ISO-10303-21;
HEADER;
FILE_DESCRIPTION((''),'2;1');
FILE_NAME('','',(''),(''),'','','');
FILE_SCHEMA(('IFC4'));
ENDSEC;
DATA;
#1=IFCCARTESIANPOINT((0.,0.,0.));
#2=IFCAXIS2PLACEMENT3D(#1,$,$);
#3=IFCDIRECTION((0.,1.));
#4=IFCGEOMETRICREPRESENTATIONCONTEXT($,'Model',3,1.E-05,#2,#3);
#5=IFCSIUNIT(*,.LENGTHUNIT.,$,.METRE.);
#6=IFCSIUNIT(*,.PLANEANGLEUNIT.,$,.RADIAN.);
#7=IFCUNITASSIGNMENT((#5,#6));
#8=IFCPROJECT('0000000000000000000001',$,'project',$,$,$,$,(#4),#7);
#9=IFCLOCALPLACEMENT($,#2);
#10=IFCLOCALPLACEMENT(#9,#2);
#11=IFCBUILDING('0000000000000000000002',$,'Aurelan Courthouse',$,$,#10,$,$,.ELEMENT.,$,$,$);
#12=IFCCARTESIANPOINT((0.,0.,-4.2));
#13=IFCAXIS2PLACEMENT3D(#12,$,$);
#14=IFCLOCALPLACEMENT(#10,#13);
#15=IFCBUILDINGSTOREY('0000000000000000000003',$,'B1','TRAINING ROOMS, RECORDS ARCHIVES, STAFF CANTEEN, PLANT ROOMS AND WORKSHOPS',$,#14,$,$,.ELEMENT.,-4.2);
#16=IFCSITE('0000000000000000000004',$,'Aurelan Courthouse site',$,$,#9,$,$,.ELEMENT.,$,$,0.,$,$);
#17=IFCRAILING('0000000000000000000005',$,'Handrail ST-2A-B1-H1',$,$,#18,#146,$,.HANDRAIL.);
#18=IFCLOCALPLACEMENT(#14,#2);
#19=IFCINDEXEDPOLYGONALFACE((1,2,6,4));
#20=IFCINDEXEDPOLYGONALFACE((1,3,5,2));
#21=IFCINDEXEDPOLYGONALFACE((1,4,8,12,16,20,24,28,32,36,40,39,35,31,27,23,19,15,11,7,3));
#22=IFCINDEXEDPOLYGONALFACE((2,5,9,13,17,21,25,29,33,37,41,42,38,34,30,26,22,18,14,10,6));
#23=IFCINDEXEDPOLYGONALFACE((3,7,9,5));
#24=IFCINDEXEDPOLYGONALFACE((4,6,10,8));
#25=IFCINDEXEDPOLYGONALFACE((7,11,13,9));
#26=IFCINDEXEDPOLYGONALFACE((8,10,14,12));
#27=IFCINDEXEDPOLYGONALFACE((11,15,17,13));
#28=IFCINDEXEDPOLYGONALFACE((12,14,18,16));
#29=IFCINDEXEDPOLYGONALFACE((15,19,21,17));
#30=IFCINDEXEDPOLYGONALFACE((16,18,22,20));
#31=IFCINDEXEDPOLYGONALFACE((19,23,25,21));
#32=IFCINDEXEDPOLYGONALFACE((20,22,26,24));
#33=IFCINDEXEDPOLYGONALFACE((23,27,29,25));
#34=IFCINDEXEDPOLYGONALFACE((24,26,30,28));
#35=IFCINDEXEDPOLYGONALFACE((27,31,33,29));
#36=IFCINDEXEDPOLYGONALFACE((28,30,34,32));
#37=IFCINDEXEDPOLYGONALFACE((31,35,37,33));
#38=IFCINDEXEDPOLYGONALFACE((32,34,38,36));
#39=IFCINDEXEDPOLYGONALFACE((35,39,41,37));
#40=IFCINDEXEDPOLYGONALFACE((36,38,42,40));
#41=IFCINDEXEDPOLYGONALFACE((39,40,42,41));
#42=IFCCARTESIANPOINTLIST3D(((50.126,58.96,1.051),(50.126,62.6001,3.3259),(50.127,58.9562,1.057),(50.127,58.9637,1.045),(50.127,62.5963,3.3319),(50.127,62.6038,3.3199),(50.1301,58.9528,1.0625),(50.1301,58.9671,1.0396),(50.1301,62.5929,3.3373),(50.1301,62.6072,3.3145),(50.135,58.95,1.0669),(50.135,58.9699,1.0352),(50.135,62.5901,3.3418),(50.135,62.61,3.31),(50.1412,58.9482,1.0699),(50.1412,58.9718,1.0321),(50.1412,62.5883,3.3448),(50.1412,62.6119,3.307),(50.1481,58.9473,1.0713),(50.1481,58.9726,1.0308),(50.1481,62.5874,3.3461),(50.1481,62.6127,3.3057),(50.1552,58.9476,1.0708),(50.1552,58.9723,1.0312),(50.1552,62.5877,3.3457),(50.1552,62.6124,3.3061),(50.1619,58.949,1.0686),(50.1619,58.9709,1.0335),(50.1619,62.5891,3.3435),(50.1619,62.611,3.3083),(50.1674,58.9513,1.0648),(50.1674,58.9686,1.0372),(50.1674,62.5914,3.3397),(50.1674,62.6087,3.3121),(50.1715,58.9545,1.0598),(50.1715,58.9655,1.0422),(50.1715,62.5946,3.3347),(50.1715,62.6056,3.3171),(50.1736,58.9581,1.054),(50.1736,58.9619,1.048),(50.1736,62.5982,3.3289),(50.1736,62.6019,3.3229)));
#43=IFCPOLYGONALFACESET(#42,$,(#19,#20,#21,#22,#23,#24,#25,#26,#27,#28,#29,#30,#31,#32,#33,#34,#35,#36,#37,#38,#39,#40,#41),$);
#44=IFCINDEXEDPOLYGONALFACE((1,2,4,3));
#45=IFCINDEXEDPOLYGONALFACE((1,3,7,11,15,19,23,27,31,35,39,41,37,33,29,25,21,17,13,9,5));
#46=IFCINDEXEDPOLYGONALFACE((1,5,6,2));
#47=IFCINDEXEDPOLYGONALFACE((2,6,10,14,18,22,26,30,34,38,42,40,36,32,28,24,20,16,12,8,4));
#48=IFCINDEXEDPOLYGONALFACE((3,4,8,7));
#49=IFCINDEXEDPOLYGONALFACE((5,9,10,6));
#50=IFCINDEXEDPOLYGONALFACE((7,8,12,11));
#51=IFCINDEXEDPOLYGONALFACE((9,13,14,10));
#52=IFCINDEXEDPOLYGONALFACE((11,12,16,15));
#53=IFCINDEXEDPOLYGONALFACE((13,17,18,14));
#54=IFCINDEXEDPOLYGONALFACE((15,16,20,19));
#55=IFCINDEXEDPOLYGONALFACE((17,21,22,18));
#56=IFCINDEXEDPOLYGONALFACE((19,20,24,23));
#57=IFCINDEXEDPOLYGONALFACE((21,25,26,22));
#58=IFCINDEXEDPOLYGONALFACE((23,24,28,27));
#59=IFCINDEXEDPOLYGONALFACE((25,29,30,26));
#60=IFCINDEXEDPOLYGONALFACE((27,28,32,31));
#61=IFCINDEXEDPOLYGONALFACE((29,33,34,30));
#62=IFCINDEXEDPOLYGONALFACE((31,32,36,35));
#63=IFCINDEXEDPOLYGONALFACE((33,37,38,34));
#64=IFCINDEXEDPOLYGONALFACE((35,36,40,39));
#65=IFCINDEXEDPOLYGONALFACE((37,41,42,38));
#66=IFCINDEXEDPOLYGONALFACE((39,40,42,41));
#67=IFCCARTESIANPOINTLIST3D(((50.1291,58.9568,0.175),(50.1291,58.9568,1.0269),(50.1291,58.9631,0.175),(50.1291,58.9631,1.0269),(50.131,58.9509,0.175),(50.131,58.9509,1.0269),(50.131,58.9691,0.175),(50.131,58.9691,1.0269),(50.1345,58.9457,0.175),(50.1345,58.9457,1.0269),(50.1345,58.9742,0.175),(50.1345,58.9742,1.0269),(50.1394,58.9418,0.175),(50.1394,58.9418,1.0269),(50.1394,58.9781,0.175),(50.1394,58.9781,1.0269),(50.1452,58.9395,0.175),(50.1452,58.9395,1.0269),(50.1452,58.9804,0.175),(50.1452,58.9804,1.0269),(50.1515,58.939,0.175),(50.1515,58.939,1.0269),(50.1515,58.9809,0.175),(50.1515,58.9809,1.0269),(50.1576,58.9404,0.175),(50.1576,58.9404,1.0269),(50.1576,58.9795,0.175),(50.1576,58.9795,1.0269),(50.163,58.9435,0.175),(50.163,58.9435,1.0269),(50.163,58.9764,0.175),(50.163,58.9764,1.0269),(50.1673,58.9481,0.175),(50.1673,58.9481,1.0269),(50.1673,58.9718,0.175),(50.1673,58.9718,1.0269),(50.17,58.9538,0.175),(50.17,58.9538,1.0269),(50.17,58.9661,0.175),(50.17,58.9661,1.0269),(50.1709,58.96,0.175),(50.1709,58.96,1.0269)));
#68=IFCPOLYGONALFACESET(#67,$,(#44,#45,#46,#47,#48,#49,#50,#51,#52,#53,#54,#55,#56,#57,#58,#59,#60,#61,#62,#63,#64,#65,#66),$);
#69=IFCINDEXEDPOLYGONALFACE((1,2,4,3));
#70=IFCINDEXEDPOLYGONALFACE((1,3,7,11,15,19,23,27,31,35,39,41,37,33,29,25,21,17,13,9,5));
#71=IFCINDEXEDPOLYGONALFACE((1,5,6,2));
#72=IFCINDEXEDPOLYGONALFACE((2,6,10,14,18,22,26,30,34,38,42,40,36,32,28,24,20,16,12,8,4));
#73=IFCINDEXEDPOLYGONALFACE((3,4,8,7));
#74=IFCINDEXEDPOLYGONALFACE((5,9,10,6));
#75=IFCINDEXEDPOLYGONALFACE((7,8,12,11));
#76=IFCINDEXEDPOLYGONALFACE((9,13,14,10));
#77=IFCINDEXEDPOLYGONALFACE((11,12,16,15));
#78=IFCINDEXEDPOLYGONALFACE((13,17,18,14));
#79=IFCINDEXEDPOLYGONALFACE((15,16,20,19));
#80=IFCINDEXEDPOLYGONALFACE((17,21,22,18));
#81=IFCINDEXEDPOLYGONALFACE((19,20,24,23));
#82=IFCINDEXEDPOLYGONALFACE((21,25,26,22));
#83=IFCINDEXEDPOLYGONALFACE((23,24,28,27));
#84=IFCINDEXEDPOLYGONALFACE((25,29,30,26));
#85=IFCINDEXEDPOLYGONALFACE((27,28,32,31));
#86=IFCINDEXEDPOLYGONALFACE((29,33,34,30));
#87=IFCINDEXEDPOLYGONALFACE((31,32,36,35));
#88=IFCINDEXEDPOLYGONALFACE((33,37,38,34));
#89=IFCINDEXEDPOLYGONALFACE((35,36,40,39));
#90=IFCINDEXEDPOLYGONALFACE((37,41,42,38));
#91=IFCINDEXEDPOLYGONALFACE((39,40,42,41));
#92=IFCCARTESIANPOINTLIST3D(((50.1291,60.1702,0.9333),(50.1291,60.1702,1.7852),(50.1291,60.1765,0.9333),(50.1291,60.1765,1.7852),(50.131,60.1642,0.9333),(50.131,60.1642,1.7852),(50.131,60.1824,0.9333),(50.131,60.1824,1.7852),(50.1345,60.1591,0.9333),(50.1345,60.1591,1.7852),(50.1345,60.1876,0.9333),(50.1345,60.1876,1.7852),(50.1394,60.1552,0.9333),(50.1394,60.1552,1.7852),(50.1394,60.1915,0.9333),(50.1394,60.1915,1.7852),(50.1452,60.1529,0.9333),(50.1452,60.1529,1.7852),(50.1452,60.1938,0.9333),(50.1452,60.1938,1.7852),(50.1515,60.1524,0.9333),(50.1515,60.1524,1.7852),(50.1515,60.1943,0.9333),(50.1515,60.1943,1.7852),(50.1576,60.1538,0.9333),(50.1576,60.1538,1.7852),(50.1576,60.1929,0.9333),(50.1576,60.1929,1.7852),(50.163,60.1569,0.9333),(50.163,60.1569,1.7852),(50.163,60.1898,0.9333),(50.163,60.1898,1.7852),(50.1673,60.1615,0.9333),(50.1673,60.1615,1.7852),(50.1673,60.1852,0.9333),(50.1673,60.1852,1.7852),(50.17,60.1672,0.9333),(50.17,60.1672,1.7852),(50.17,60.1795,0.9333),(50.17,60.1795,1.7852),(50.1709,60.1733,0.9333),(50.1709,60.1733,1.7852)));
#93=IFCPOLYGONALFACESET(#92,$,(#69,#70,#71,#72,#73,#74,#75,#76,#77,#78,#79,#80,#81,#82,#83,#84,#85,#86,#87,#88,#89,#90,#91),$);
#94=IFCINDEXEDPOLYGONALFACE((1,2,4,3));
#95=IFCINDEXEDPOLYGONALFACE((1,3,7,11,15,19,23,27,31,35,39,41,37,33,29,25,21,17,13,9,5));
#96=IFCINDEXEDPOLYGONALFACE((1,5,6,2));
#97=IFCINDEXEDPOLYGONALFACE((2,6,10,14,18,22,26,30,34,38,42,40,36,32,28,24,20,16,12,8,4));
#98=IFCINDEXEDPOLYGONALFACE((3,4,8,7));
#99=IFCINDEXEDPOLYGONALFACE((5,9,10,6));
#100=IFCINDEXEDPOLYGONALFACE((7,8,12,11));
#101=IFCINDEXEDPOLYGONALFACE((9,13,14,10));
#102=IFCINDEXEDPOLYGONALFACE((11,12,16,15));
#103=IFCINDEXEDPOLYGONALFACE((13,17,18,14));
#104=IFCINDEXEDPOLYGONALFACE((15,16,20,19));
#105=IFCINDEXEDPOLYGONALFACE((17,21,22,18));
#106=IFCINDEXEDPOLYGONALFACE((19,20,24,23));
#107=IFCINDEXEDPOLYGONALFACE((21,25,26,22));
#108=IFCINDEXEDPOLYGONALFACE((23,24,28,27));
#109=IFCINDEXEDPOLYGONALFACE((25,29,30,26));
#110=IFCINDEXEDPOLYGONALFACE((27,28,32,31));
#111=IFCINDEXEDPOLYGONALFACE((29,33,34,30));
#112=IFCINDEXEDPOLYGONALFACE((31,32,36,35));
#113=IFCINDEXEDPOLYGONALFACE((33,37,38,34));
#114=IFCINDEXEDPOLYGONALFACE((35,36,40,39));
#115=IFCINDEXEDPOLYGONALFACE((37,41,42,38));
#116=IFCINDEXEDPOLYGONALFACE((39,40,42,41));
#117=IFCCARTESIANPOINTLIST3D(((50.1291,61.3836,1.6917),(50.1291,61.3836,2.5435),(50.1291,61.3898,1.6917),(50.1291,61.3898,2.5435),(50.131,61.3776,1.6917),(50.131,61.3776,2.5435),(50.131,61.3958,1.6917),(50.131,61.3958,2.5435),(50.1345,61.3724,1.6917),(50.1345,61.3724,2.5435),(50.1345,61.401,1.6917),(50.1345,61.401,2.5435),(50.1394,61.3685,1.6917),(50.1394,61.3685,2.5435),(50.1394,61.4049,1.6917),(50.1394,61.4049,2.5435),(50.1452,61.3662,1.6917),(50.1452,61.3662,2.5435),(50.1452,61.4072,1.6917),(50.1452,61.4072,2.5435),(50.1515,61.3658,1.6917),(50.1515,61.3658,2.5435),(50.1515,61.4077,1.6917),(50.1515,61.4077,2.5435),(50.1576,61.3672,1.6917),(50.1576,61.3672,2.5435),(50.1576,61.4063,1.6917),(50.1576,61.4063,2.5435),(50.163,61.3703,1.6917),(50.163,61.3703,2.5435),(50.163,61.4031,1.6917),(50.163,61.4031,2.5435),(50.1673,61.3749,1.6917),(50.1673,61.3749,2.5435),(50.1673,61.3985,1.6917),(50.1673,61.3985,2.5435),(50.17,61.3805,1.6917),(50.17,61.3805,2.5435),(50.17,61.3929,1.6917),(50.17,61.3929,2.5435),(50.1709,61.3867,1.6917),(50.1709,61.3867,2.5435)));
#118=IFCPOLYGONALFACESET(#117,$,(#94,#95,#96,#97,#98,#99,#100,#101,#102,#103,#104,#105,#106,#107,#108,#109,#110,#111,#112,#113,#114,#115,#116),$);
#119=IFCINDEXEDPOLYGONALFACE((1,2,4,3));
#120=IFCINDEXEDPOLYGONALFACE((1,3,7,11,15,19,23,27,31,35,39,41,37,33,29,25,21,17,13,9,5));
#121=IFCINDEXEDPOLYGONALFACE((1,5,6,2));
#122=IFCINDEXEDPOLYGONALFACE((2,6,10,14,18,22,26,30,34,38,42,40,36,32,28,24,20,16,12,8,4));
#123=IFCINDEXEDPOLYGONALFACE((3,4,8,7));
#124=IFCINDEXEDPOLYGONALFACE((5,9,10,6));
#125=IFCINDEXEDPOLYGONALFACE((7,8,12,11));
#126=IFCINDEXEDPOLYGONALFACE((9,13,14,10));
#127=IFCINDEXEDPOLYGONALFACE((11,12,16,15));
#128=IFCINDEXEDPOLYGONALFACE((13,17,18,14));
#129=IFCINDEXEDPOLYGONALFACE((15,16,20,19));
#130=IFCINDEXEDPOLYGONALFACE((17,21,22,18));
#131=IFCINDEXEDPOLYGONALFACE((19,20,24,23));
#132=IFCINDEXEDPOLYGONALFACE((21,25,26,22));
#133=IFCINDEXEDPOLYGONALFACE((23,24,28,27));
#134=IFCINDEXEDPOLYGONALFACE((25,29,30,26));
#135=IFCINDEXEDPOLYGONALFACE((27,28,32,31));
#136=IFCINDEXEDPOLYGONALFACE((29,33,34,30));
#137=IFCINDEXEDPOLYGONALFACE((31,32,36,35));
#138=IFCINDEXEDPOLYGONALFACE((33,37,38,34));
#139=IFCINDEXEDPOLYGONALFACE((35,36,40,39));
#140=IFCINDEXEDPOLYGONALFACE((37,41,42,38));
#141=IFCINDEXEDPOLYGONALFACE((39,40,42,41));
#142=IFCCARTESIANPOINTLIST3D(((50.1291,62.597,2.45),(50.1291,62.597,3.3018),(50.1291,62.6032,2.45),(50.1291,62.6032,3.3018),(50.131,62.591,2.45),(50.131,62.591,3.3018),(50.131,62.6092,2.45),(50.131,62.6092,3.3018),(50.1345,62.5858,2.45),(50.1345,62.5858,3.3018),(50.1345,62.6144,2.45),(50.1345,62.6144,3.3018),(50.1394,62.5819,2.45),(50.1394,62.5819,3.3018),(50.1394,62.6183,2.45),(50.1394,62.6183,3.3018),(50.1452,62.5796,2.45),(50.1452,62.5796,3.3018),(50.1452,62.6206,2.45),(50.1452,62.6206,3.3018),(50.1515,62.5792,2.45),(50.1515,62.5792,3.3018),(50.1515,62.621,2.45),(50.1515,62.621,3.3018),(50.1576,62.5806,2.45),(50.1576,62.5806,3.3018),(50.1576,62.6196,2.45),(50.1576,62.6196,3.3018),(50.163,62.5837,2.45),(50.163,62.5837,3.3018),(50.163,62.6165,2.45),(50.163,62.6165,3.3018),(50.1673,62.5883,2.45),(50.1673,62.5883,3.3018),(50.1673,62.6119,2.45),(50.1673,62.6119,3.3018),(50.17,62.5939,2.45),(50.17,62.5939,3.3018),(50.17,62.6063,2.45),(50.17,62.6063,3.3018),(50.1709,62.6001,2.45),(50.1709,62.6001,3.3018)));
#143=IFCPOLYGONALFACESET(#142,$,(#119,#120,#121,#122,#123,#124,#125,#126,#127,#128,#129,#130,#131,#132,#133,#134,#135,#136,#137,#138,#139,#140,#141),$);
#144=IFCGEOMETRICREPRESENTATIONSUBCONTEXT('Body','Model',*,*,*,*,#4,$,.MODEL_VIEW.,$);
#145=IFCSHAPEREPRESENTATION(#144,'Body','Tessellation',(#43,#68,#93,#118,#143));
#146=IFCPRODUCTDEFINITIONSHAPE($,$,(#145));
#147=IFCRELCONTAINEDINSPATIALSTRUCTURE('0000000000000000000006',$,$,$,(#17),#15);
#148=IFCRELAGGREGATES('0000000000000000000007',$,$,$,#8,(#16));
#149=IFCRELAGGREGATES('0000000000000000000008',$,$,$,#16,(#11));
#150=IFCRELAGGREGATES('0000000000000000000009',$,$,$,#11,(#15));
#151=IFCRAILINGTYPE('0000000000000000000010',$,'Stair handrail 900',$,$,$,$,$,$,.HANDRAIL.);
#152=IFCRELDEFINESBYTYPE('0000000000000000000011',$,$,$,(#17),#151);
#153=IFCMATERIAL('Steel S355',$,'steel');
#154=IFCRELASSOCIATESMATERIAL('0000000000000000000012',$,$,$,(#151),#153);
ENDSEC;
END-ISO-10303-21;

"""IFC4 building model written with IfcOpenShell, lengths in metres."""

from ifc_helpers import new_model, si_unit, direction, frame, origin, origin_2d, place, context, subcontext, project, spatial, circle, extrude, material, type_object, element, save


model = new_model("IFC4")

# Units and contexts
model_context = context("Model", 3, precision=1e-05, world=origin(), true_north=direction((0.0, 1.0)))
body_context = subcontext(model_context, "Body", "Model", "MODEL_VIEW")
ifc_project = project(units=[si_unit("LENGTHUNIT", "METRE"), si_unit("PLANEANGLEUNIT", "RADIAN")], contexts=[model_context])

# Site, building, storey
site_placement = place(None, origin())
site = spatial("IfcSite", under=ifc_project, at=site_placement, Name="Aurelan Courthouse site", CompositionType="ELEMENT", RefElevation=0.0)
building_placement = place(site_placement, origin())
building = spatial("IfcBuilding", under=site, at=building_placement, Name="Aurelan Courthouse", CompositionType="ELEMENT")
storey_placement = place(building_placement, frame((0.0, 0.0, -4.2)))
storey = spatial("IfcBuildingStorey", under=building, at=storey_placement, Name="B1", Description="TRAINING ROOMS, RECORDS ARCHIVES, STAFF CANTEEN, PLANT ROOMS AND WORKSHOPS", CompositionType="ELEMENT", Elevation=-4.2)

# Railing
ifc_material_1 = material(Name="Steel S355", Category="steel")
railing_type_1 = type_object("IfcRailingType", Name="Stair handrail 900", PredefinedType="HANDRAIL", material=ifc_material_1)
for number, where, name in (
    (1, (50.1499, 58.96, 0.175), "Handrail ST-2A-B1-H1"),
):
    element("IfcRailing", number, at=place(storey_placement, frame(where)), inside=storey, type_object=railing_type_1, Name=name, PredefinedType="HANDRAIL", context=body_context, shape_type="SweptSolid", body=[
        extrude(circle(Radius=0.0239, at=origin_2d()), frame((0.0, 0.0, 0.876), z_axis=(0.0, 0.848017, 0.529968), x_axis=(-1.0, 0.0, 0.0)), (0.0, 0.0, 1.0), 4.2925),
        extrude(circle(Radius=0.021, at=origin_2d()), origin(), (0.0, 0.0, 1.0), 0.8518),
        extrude(circle(Radius=0.021, at=origin_2d()), frame((0.0, 1.2134, 0.7583)), (0.0, 0.0, 1.0), 0.8518),
        extrude(circle(Radius=0.021, at=origin_2d()), frame((0.0, 2.4268, 1.5166)), (0.0, 0.0, 1.0), 0.8518),
        extrude(circle(Radius=0.021, at=origin_2d()), frame((0.0, 3.6401, 2.2749)), (0.0, 0.0, 1.0), 0.8518),
    ])

save(model, "model.ifc")
